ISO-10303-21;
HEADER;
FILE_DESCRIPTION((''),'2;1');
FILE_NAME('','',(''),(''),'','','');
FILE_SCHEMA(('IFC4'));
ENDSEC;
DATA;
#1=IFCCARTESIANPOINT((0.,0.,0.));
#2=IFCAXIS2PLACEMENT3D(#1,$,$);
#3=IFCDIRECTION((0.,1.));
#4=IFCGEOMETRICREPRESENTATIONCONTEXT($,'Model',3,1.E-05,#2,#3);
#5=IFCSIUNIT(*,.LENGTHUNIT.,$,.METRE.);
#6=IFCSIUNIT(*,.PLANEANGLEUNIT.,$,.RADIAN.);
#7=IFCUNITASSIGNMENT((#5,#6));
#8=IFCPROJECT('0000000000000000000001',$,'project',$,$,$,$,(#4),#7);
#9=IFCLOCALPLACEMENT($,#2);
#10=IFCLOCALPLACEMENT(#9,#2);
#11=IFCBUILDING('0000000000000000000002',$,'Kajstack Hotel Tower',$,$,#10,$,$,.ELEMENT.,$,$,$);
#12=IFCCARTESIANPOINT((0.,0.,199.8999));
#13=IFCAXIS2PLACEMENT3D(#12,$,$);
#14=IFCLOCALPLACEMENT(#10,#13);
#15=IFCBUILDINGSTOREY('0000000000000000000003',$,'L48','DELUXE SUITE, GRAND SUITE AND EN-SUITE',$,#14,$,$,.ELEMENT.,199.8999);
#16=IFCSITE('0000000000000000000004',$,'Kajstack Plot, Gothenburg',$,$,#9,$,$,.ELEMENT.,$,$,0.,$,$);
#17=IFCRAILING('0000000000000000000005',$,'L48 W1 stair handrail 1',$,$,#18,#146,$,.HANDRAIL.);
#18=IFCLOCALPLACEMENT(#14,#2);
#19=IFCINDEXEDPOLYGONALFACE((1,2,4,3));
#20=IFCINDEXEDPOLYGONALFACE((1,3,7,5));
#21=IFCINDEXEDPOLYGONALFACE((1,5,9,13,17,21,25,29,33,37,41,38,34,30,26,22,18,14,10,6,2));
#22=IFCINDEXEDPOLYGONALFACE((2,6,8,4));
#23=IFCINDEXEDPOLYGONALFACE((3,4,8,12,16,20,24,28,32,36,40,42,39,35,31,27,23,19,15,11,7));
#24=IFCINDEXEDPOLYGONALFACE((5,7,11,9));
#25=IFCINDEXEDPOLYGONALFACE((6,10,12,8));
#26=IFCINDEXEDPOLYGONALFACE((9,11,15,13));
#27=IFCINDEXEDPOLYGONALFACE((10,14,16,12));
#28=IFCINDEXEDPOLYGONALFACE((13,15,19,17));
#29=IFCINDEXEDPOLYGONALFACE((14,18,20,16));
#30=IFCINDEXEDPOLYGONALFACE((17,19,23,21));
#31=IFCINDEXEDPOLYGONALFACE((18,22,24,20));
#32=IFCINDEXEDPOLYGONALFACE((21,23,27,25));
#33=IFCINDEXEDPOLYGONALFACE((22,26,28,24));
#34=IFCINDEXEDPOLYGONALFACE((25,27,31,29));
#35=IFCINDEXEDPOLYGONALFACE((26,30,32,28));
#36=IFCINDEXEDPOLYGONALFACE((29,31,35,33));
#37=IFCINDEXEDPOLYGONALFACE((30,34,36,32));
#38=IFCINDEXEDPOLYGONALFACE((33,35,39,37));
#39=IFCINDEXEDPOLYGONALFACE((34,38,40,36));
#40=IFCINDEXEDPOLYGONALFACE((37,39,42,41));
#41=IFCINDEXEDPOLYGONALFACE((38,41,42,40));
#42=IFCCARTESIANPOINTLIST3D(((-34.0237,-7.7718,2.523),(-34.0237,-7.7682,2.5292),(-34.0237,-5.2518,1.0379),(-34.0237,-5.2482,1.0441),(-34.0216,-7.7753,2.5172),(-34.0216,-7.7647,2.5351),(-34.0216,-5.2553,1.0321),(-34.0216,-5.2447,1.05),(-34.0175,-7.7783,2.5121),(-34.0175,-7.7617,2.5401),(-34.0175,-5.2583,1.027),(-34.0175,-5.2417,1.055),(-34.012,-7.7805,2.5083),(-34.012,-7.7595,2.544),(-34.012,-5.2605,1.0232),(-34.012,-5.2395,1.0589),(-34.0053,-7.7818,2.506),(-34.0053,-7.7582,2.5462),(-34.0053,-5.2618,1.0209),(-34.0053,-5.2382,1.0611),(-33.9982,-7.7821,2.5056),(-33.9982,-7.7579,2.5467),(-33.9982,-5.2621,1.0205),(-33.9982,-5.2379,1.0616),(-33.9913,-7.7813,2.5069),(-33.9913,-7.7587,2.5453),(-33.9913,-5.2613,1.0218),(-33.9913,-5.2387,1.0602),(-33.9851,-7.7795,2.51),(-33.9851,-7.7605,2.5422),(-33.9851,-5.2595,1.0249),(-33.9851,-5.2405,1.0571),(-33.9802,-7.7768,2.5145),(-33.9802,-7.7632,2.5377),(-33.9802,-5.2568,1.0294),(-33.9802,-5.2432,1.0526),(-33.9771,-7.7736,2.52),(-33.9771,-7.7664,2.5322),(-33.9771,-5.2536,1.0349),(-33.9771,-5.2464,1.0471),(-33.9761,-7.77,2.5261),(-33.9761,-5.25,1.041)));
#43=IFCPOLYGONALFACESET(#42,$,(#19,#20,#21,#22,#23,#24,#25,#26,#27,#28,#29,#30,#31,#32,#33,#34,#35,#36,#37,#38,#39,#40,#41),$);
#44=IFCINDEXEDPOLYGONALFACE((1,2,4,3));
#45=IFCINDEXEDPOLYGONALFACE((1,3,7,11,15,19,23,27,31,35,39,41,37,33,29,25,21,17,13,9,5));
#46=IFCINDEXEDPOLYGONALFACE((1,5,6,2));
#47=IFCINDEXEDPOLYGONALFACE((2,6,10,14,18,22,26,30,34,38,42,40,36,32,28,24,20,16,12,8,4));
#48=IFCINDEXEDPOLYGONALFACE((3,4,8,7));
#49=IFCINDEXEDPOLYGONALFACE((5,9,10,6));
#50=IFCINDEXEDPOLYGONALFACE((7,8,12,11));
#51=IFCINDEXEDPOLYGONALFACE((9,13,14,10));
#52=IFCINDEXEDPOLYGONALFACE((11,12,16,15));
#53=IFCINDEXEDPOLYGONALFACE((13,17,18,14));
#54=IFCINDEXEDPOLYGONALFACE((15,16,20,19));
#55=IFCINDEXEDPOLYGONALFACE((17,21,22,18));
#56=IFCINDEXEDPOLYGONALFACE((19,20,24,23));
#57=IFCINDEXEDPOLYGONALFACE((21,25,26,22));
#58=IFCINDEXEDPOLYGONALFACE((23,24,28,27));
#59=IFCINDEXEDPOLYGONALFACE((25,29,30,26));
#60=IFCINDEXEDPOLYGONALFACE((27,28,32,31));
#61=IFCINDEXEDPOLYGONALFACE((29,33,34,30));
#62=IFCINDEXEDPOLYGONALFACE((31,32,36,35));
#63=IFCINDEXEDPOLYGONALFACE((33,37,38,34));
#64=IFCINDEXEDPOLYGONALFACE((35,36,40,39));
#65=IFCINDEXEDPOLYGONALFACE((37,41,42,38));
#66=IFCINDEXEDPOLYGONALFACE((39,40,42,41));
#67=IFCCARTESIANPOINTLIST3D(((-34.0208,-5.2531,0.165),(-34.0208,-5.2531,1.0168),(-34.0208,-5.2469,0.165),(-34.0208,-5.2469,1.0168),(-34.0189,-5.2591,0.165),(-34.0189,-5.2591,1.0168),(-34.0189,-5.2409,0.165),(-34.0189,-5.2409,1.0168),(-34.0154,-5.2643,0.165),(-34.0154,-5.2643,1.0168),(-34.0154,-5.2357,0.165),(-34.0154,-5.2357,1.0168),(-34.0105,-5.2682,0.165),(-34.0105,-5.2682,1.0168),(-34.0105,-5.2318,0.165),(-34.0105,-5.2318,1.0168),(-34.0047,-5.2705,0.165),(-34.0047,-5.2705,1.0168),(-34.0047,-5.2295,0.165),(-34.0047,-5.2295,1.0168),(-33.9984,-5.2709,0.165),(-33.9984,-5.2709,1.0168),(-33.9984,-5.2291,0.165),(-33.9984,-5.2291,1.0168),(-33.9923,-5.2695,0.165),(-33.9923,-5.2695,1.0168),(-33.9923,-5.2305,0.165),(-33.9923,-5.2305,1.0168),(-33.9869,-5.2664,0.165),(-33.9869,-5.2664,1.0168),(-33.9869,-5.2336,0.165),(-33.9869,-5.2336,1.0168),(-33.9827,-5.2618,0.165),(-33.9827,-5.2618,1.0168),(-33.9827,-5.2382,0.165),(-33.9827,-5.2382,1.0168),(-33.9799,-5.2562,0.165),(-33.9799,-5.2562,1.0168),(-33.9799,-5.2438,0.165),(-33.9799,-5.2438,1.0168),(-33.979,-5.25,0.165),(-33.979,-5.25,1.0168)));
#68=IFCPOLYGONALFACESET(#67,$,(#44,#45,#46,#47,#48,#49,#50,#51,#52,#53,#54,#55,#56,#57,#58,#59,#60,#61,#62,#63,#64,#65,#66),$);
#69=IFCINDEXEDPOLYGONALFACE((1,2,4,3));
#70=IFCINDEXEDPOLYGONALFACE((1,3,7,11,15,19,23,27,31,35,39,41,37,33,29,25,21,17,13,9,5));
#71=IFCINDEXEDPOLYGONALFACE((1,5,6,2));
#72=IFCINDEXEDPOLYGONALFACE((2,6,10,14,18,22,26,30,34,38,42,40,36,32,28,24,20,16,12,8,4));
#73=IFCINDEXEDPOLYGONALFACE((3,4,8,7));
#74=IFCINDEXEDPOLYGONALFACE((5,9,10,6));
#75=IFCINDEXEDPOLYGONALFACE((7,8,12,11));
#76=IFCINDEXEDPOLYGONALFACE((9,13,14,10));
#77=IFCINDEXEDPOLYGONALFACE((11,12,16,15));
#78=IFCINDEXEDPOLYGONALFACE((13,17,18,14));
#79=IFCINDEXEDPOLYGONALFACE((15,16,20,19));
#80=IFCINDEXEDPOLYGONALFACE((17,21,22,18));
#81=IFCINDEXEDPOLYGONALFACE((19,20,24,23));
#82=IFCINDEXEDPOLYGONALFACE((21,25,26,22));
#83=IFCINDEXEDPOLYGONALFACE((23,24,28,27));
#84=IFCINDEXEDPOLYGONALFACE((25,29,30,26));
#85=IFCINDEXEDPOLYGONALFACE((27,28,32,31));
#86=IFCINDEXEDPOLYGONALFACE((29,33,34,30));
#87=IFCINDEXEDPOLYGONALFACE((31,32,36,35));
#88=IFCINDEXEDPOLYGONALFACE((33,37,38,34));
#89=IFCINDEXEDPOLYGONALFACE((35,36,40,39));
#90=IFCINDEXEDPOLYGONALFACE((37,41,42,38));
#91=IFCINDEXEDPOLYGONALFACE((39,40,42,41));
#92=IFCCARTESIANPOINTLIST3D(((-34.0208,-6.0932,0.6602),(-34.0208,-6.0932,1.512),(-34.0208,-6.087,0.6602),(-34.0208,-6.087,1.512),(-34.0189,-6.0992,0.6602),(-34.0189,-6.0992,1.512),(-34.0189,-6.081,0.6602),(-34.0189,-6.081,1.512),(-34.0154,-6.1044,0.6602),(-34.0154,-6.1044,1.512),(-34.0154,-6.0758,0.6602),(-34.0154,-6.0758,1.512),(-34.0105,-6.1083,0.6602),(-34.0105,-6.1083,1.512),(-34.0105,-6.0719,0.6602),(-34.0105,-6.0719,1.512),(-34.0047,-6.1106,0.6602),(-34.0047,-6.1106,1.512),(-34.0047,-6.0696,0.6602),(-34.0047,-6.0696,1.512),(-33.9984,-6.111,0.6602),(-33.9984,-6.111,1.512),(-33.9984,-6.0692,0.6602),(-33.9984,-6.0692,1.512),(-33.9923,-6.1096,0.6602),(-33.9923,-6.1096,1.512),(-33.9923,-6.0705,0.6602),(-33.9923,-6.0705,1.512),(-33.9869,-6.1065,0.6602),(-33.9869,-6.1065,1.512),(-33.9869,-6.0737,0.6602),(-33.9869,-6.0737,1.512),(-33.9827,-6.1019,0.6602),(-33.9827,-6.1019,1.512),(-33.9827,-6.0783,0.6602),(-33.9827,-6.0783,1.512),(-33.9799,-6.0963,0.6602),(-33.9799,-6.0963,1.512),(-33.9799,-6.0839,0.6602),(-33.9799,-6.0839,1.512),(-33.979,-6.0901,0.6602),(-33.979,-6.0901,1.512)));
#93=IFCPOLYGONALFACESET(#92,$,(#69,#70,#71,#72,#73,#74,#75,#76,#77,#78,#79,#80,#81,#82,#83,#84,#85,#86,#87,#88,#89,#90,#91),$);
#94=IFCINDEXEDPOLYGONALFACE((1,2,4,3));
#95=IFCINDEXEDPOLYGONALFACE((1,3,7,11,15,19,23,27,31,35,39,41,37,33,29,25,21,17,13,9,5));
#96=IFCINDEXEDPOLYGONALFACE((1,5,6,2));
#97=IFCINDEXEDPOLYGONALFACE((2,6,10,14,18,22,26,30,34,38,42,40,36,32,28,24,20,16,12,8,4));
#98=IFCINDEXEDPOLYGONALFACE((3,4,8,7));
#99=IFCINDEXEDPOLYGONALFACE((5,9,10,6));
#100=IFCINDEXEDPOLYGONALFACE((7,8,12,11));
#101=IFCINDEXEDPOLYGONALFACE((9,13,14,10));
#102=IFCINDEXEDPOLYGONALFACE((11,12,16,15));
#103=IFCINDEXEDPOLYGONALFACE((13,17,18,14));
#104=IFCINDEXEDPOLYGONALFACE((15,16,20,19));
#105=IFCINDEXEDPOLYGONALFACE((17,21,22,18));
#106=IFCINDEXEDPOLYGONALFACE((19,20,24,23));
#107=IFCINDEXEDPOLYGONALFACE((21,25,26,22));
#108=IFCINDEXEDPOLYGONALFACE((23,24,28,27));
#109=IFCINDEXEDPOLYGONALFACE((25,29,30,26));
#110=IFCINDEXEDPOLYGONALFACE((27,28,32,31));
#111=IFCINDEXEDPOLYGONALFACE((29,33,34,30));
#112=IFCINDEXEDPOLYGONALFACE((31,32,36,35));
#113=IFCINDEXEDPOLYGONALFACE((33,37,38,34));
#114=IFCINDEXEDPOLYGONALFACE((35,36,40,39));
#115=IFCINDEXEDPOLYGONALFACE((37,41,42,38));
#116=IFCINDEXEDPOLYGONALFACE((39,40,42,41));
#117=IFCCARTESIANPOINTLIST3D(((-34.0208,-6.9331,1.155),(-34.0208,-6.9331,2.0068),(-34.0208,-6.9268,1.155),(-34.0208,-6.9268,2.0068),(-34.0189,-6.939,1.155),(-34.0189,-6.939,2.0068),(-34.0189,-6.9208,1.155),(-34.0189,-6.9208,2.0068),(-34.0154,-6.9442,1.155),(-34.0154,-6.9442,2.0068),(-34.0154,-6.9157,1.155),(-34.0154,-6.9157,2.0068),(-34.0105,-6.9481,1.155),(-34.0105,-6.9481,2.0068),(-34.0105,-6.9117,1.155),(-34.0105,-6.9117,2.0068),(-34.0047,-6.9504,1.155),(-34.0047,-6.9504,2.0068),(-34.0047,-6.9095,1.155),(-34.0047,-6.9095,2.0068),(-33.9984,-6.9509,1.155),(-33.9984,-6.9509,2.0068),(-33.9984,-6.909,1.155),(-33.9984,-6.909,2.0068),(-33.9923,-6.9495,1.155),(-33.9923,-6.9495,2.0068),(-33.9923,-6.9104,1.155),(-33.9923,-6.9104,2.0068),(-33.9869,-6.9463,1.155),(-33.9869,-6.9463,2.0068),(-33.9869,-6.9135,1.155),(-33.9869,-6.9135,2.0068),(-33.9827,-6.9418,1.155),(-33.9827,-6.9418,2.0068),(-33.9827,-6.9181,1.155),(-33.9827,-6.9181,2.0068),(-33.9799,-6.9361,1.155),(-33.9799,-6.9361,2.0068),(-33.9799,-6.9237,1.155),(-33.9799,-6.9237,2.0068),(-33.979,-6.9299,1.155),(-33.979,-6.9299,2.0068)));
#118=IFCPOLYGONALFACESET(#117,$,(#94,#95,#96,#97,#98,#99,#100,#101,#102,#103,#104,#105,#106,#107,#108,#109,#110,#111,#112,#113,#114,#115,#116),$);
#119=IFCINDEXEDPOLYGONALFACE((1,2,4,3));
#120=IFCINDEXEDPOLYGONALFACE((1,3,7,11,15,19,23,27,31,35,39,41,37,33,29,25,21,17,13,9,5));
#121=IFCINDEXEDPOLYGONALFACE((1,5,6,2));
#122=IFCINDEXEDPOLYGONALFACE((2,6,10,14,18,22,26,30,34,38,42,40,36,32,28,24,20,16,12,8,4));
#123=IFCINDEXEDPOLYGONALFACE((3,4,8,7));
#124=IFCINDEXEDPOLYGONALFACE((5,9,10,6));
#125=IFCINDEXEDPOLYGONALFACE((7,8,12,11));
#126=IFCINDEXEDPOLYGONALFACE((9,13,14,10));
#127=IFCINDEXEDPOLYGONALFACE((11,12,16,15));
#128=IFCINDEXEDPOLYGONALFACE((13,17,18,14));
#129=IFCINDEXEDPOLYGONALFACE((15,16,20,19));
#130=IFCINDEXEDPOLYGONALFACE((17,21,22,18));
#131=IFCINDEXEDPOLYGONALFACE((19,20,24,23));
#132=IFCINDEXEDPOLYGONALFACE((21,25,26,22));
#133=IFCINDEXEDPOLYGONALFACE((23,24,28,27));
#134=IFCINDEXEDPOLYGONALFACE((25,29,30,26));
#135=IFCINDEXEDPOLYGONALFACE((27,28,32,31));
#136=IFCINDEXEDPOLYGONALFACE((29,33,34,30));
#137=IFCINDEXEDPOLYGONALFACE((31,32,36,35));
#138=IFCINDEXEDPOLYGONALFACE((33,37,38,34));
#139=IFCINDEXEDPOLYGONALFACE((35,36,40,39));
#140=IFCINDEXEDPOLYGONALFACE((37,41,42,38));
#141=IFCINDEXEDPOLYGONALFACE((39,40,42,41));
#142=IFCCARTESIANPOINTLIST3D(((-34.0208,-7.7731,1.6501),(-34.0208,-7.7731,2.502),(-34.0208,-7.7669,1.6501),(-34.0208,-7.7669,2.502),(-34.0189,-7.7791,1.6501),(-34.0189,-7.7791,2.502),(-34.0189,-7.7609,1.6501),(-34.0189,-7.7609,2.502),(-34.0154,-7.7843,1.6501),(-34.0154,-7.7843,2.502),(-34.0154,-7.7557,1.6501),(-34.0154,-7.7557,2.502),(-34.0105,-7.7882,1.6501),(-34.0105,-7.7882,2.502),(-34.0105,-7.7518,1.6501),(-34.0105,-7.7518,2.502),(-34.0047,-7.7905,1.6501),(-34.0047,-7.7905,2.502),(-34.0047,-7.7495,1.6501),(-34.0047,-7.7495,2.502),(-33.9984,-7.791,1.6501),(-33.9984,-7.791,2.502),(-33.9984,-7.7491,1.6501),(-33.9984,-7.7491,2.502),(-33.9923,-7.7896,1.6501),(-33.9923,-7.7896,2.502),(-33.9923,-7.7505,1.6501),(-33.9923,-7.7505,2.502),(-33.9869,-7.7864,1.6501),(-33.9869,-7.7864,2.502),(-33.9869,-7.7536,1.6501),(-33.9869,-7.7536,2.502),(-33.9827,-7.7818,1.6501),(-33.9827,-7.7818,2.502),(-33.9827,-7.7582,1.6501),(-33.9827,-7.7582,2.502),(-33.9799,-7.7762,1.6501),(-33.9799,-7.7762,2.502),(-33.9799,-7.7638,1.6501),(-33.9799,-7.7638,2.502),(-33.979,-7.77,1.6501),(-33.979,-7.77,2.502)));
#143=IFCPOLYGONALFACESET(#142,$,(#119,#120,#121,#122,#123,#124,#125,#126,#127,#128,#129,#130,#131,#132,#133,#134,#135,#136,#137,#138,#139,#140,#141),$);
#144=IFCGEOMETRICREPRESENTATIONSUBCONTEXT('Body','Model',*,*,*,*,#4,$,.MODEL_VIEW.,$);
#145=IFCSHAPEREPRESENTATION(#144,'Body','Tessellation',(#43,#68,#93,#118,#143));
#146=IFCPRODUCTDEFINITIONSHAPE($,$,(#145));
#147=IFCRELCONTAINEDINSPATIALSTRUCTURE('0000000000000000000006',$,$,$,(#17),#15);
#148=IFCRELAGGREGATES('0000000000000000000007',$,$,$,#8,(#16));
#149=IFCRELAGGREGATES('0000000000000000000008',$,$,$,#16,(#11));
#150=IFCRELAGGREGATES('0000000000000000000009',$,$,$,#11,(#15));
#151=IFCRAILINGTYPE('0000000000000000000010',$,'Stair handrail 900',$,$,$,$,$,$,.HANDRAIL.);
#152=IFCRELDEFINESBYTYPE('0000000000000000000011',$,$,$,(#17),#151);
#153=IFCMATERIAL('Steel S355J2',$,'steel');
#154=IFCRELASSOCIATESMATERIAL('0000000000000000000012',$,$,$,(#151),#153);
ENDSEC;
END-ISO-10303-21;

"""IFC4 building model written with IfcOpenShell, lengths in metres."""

from ifc_helpers import new_model, si_unit, direction, frame, origin, origin_2d, place, context, subcontext, project, spatial, circle, extrude, material, type_object, element, save


model = new_model("IFC4")

# Units and contexts
model_context = context("Model", 3, precision=1e-05, world=origin(), true_north=direction((0.0, 1.0)))
body_context = subcontext(model_context, "Body", "Model", "MODEL_VIEW")
ifc_project = project(units=[si_unit("LENGTHUNIT", "METRE"), si_unit("PLANEANGLEUNIT", "RADIAN")], contexts=[model_context])

# Site, building, storey
site_placement = place(None, origin())
site = spatial("IfcSite", under=ifc_project, at=site_placement, Name="Kajstack Plot, Gothenburg", CompositionType="ELEMENT", RefElevation=0.0)
building_placement = place(site_placement, origin())
building = spatial("IfcBuilding", under=site, at=building_placement, Name="Kajstack Hotel Tower", CompositionType="ELEMENT")
storey_placement = place(building_placement, frame((0.0, 0.0, 199.8999)))
storey = spatial("IfcBuildingStorey", under=building, at=storey_placement, Name="L48", Description="DELUXE SUITE, GRAND SUITE AND EN-SUITE", CompositionType="ELEMENT", Elevation=199.8999)

# Railing
ifc_material_1 = material(Name="Steel S355J2", Category="steel")
railing_type = type_object("IfcRailingType", Name="Stair handrail 900", PredefinedType="HANDRAIL", material=ifc_material_1)
railing_1_placement = place(storey_placement, frame((-34.0, -5.25, 0.165)))
element("IfcRailing", 1, at=railing_1_placement, inside=storey, type_object=railing_type, Name="L48 W1 stair handrail 1", PredefinedType="HANDRAIL", context=body_context, shape_type="SweptSolid", body=[
    extrude(circle(Radius=0.0239, at=origin_2d()), frame((0.0, 0.0, 0.876), z_axis=(0.0, -0.861524, 0.507717), x_axis=(1.0, 0.0, 0.0)), (0.0, 0.0, 1.0), 2.925),
    extrude(circle(Radius=0.021, at=origin_2d()), origin(), (0.0, 0.0, 1.0), 0.8518),
    extrude(circle(Radius=0.021, at=origin_2d()), frame((0.0, -0.8401, 0.4951)), (0.0, 0.0, 1.0), 0.8518),
    extrude(circle(Radius=0.021, at=origin_2d()), frame((0.0, -1.6799, 0.99)), (0.0, 0.0, 1.0), 0.8518),
    extrude(circle(Radius=0.021, at=origin_2d()), frame((0.0, -2.52, 1.4851)), (0.0, 0.0, 1.0), 0.8518),
])

save(model, "model.ifc")
